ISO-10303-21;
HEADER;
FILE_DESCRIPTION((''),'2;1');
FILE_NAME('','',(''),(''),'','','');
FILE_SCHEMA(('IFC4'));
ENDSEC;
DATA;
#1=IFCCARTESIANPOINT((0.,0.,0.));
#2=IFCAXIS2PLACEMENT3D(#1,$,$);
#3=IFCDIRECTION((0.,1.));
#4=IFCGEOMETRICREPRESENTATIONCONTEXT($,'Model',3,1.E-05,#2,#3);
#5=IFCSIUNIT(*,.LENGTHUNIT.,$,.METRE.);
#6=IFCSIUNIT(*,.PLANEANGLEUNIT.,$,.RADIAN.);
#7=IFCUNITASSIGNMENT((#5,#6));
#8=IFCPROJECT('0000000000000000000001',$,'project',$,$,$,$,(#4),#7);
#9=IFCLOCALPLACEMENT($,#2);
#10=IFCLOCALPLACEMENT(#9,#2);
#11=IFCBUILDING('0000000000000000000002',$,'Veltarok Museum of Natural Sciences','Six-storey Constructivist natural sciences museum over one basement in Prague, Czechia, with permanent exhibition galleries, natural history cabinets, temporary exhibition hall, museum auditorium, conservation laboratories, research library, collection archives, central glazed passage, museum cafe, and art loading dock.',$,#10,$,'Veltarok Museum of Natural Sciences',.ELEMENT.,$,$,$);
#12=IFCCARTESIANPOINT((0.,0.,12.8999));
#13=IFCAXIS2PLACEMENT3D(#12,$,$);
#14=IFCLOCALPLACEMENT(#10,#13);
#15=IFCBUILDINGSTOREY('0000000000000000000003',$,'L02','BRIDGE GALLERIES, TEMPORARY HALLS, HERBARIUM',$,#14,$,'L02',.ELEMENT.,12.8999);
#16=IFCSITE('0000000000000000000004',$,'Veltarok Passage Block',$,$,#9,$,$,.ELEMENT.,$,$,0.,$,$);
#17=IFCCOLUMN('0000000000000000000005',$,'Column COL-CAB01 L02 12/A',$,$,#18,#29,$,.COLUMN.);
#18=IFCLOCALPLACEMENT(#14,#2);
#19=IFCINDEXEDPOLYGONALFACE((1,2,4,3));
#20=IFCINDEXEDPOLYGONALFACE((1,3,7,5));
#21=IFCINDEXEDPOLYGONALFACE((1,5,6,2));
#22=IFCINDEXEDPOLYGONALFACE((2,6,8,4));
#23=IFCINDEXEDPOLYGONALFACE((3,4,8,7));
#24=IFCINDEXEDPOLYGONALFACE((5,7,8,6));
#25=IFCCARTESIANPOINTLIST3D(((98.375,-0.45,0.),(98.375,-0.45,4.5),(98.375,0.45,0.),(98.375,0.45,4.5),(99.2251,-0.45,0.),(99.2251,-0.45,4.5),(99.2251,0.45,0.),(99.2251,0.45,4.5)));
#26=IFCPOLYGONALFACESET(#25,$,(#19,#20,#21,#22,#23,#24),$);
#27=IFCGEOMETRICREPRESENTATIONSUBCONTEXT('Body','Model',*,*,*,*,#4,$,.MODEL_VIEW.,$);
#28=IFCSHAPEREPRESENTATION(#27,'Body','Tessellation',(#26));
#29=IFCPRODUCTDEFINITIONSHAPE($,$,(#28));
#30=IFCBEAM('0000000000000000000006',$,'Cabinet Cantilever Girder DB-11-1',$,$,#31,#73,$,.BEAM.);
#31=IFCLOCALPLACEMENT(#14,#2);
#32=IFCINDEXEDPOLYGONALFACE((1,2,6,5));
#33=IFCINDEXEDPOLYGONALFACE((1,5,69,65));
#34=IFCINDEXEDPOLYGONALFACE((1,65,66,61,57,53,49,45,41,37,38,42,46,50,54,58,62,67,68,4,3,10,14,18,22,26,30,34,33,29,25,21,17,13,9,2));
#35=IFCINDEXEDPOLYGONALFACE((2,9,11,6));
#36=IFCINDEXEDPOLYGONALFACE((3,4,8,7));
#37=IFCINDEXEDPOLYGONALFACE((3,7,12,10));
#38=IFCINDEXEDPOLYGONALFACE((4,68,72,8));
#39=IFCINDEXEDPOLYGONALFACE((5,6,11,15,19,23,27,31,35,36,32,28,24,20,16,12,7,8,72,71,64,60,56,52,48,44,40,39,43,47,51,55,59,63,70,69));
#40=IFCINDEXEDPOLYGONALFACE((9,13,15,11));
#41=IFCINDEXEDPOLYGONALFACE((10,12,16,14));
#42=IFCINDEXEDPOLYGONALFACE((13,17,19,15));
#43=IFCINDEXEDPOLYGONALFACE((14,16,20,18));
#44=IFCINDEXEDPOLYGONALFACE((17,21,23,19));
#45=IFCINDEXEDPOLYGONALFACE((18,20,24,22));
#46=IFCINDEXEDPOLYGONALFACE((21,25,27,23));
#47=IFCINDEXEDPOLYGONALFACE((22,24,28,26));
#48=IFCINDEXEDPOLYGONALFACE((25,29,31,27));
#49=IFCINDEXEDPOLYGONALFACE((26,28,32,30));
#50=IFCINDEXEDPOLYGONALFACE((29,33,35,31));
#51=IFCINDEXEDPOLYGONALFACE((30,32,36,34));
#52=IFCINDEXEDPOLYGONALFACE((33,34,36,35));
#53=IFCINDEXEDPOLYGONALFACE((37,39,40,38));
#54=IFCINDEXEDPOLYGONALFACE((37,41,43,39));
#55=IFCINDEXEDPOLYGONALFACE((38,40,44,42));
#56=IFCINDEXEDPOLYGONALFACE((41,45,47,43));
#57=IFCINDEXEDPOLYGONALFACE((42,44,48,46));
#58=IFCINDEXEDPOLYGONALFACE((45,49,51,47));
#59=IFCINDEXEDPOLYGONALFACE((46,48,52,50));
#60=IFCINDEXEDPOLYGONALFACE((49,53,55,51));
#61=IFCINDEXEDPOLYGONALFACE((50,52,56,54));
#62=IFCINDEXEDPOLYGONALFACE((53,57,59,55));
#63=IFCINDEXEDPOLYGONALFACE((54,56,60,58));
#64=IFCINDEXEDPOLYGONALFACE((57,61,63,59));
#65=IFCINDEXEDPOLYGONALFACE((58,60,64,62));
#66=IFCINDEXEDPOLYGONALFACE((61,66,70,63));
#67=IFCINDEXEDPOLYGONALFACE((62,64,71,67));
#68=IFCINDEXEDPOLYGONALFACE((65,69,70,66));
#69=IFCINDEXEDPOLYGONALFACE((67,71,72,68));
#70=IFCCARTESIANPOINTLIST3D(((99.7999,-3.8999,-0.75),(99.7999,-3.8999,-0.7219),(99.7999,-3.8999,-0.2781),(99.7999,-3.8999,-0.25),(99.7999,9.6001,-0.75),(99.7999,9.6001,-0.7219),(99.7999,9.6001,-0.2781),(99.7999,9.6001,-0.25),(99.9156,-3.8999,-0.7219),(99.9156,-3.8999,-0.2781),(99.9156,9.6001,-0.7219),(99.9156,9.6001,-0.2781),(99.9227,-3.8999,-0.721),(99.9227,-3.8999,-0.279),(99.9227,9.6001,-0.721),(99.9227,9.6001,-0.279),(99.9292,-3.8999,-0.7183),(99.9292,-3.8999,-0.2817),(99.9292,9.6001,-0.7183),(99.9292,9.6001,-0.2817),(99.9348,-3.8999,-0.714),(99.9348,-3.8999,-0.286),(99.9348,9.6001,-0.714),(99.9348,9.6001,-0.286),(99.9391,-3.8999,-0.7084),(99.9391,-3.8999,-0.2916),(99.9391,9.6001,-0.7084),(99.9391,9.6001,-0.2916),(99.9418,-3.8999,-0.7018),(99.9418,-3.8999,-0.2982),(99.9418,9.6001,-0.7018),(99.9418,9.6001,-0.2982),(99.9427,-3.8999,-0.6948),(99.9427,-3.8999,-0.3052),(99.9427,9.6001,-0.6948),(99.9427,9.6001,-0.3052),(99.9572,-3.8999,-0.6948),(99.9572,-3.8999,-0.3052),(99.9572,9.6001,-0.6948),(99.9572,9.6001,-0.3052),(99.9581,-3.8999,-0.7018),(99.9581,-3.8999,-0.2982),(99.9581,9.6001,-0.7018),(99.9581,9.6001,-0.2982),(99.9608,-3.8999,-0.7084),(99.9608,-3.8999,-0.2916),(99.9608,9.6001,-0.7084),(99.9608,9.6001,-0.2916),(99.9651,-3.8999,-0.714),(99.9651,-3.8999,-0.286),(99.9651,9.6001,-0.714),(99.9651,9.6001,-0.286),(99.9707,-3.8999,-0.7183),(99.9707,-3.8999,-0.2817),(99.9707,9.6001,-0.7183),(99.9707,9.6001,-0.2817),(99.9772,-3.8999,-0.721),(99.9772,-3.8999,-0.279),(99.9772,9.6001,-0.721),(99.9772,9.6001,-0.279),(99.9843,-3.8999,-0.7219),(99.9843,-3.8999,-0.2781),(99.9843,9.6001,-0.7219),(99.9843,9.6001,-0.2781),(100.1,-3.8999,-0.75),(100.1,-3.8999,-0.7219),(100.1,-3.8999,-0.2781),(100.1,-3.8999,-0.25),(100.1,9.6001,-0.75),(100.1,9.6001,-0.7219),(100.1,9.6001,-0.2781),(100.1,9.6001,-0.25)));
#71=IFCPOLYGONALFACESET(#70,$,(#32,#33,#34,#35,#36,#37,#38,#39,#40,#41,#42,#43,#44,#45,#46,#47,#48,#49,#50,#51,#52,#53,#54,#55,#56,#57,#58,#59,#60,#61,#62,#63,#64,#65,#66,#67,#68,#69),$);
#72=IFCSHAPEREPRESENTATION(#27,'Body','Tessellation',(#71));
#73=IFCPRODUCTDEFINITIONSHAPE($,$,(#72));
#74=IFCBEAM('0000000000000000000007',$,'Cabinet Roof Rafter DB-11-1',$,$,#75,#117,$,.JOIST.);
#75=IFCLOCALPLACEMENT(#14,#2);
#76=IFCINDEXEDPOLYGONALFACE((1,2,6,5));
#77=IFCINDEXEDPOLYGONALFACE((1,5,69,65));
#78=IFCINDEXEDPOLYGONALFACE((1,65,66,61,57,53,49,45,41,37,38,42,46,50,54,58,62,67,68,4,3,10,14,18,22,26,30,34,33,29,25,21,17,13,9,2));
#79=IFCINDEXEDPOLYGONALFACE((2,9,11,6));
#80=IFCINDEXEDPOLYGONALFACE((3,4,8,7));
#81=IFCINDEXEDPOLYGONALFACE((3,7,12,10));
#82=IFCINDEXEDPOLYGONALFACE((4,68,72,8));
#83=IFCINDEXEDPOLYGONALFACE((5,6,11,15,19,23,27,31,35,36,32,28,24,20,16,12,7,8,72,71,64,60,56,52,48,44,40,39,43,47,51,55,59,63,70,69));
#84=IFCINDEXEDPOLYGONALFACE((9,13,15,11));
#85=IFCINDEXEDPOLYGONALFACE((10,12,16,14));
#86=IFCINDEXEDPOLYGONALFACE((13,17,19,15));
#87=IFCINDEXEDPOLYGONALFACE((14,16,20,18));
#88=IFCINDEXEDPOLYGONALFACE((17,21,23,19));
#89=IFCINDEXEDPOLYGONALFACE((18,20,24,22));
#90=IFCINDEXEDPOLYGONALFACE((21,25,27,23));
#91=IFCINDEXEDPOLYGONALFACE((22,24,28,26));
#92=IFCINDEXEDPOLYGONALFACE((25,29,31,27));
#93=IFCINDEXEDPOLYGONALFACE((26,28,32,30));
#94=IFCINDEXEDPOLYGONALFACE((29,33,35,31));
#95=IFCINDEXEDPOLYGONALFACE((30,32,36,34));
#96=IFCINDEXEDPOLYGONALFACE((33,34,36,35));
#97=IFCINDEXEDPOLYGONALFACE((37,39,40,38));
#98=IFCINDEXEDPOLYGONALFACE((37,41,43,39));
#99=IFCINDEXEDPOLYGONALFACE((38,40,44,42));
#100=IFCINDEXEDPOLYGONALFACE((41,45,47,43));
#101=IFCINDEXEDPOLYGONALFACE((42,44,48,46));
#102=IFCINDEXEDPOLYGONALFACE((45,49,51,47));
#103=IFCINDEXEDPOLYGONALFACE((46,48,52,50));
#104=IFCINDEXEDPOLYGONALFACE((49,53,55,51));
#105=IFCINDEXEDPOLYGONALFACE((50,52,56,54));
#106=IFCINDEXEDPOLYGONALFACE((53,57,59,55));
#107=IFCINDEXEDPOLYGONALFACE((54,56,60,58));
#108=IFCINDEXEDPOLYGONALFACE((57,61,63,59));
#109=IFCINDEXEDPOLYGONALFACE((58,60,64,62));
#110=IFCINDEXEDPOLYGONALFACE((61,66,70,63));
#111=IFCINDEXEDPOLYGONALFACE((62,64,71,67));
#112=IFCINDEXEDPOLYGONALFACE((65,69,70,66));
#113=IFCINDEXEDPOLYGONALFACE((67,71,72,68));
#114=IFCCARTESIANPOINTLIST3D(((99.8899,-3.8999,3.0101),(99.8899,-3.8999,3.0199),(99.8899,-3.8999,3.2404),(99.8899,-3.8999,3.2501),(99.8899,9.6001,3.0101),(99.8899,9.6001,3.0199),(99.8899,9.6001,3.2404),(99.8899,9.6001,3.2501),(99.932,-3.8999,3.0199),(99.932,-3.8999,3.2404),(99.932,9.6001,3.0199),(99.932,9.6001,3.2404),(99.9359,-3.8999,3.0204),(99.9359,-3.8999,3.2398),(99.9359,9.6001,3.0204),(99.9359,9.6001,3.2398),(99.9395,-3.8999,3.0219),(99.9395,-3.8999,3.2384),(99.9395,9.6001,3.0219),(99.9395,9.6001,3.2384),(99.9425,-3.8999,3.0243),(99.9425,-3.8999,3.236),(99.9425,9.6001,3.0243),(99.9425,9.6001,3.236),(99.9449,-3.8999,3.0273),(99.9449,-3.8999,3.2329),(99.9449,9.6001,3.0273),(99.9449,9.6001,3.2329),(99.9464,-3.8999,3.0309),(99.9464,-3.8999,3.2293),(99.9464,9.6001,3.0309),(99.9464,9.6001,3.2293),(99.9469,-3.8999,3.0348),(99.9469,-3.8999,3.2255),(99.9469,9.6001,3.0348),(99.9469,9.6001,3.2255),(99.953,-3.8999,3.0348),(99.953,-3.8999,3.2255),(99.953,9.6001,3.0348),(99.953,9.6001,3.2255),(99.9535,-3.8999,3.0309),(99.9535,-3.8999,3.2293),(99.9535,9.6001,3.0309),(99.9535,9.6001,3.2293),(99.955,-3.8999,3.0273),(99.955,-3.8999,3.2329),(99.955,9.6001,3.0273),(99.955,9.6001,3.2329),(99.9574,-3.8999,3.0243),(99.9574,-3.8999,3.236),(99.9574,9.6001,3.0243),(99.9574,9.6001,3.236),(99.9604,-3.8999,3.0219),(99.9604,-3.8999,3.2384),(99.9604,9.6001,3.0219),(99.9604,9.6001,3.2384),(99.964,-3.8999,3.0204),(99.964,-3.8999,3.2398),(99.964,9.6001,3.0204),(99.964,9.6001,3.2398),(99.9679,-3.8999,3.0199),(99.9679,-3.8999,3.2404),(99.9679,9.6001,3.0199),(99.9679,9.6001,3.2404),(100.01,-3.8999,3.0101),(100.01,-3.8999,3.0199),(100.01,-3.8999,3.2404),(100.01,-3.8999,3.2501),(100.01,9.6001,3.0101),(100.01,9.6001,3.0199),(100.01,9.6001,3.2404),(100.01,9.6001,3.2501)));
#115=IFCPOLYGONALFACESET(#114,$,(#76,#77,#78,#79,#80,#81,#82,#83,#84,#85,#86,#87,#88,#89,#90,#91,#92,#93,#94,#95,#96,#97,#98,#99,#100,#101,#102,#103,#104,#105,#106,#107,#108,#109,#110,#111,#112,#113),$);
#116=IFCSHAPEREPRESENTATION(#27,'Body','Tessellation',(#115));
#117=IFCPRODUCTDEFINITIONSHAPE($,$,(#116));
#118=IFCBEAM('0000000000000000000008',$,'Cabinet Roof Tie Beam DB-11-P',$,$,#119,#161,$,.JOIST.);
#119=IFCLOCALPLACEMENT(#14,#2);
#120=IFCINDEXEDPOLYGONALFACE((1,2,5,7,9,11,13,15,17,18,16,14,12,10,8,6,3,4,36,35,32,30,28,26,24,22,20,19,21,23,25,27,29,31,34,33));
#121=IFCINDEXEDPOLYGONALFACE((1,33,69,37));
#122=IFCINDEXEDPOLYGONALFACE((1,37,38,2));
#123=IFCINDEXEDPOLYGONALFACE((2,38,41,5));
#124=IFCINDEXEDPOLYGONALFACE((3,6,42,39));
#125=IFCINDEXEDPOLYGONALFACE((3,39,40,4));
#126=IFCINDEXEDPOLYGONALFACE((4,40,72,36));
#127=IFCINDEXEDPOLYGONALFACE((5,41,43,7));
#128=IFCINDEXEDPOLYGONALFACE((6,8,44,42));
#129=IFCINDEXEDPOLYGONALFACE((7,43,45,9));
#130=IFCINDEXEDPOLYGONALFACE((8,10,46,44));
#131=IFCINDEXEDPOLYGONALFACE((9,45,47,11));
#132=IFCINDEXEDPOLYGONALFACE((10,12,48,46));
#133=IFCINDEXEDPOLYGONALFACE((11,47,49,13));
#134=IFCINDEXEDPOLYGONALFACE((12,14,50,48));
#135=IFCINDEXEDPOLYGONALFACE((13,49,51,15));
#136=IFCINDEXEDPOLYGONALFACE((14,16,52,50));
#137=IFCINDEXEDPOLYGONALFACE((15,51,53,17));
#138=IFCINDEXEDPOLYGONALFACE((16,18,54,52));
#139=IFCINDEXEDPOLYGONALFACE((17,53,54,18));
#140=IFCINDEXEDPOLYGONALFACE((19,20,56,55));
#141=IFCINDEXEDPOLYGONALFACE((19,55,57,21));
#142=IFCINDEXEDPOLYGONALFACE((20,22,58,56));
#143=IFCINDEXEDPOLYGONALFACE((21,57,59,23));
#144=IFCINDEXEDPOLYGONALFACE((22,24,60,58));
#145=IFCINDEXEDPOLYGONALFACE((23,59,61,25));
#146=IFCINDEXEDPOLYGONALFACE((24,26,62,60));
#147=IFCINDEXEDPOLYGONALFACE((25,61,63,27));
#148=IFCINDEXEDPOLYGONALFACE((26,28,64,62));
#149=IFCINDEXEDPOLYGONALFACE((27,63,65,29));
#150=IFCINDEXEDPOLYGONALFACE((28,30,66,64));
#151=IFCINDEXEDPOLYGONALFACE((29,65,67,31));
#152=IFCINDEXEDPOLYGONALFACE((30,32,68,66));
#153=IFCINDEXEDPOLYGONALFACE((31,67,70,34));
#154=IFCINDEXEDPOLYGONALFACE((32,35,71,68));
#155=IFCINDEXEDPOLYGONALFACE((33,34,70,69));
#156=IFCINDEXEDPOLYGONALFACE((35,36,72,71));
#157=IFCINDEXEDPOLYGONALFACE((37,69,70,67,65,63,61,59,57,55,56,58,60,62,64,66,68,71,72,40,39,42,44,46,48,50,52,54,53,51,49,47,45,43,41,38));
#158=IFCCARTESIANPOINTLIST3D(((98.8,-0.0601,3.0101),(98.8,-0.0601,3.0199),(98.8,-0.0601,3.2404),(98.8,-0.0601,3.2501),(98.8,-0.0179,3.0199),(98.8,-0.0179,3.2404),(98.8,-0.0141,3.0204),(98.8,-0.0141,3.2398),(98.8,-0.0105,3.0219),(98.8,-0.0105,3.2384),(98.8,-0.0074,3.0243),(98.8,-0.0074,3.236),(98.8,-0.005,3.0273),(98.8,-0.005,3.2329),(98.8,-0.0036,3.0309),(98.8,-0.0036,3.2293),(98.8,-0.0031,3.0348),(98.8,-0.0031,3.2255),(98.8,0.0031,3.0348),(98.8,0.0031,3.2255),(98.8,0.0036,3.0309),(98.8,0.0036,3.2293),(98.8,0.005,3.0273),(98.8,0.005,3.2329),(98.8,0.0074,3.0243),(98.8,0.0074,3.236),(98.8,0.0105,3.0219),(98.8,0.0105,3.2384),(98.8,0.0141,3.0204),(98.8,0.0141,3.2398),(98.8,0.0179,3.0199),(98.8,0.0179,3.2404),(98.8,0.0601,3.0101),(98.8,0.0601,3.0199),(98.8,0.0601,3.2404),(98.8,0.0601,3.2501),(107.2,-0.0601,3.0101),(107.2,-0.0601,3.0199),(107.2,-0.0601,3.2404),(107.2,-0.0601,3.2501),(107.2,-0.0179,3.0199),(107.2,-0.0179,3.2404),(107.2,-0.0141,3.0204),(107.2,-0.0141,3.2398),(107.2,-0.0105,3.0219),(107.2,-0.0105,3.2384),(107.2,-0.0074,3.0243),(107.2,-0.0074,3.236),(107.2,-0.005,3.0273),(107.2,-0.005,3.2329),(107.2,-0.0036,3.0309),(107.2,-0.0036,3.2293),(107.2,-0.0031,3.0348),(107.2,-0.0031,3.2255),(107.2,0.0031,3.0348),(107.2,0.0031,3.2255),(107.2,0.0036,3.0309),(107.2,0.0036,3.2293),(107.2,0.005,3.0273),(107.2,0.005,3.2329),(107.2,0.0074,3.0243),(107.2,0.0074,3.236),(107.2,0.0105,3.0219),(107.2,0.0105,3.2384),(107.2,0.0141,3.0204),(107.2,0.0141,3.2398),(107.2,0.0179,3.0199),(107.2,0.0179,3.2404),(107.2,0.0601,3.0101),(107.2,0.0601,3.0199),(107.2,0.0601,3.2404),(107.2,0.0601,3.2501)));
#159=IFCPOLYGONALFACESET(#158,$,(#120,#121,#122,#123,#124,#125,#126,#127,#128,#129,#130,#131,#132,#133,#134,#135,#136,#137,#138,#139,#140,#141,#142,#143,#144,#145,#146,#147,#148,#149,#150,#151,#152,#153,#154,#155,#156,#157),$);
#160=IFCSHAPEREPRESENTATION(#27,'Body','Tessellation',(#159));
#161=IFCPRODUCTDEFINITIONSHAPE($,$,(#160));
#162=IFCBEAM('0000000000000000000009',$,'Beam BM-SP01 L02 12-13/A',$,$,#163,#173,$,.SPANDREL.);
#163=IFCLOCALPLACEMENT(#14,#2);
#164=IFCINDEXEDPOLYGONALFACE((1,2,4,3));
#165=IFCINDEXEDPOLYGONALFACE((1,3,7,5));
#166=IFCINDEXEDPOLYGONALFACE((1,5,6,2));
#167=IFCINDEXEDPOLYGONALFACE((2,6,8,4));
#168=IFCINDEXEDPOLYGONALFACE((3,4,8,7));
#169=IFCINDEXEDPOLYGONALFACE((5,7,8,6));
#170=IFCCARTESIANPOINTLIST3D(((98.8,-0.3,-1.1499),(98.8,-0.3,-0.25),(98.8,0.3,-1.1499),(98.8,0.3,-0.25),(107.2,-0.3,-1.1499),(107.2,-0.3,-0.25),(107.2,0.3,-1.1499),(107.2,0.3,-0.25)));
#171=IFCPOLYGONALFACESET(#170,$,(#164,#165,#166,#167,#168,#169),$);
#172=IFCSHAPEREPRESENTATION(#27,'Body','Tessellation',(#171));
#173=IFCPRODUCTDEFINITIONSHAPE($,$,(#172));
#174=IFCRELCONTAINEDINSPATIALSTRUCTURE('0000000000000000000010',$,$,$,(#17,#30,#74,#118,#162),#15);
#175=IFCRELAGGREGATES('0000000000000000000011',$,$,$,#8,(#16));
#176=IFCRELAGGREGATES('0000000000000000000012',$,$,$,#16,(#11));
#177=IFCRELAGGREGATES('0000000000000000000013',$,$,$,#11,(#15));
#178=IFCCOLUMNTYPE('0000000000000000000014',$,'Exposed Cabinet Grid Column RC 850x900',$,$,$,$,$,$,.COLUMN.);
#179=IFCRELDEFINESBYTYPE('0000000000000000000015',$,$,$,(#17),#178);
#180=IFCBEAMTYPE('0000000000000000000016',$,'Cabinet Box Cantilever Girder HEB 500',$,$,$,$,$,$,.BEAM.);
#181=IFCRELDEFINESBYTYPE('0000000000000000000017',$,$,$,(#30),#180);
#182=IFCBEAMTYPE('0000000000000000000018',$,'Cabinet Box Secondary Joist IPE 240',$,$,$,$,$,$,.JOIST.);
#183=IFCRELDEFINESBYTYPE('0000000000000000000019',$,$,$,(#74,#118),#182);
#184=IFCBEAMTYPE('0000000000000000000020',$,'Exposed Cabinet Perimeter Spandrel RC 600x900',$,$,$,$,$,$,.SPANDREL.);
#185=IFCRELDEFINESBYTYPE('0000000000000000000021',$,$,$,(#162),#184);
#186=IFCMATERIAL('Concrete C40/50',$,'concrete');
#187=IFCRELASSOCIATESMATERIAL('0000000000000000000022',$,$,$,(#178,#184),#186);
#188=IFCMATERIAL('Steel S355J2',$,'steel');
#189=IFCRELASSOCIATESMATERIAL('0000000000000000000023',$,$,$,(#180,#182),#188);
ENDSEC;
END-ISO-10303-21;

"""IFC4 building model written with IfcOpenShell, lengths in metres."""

from ifc_helpers import new_model, si_unit, direction, frame, origin, origin_2d, place, context, subcontext, project, spatial, rectangle, i_section, extrude, material, material_profile, profile_set, type_object, element, save


model = new_model("IFC4")

# Units and contexts
model_context = context("Model", 3, precision=1e-05, world=origin(), true_north=direction((0.0, 1.0)))
body_context = subcontext(model_context, "Body", "Model", "MODEL_VIEW")
ifc_project = project(units=[si_unit("LENGTHUNIT", "METRE"), si_unit("PLANEANGLEUNIT", "RADIAN")], contexts=[model_context])

# Site, building, storey
site_placement = place(None, origin())
site = spatial("IfcSite", under=ifc_project, at=site_placement, Name="Veltarok Passage Block", CompositionType="ELEMENT", RefElevation=0.0)
building_placement = place(site_placement, origin())
building = spatial("IfcBuilding", under=site, at=building_placement, Name="Veltarok Museum of Natural Sciences", Description="Six-storey Constructivist natural sciences museum over one basement in Prague, Czechia, with permanent exhibition galleries, natural history cabinets, temporary exhibition hall, museum auditorium, conservation laboratories, research library, collection archives, central glazed passage, museum cafe, and art loading dock.", LongName="Veltarok Museum of Natural Sciences", CompositionType="ELEMENT")
storey_placement = place(building_placement, frame((0.0, 0.0, 12.8999)))
storey = spatial("IfcBuildingStorey", under=building, at=storey_placement, Name="L02", Description="BRIDGE GALLERIES, TEMPORARY HALLS, HERBARIUM", LongName="L02", CompositionType="ELEMENT", Elevation=12.8999)

# Column
ifc_material_1 = material(Name="Concrete C40/50", Category="concrete")
ifc_material_profile_1 = material_profile(ifc_material_1, rectangle(XDim=0.8501, YDim=0.8999, at=origin_2d()), Name="RC 850x900")
ifc_profile_set_1 = profile_set([ifc_material_profile_1], Name="Concrete C40/50")
column_type = type_object("IfcColumnType", Name="Exposed Cabinet Grid Column RC 850x900", PredefinedType="COLUMN", material=ifc_profile_set_1)
column_placement = place(storey_placement, frame((98.8, 0.0, 0.0), z_axis=(0.0, 0.0, 1.0), x_axis=(1.0, 0.0, 0.0)))
element("IfcColumn", 1, at=column_placement, inside=storey, type_object=column_type, Name="Column COL-CAB01 L02 12/A", PredefinedType="COLUMN", context=body_context, shape_type="SweptSolid", body=[
    extrude(rectangle(XDim=0.8501, YDim=0.8999, at=origin_2d()), origin(), (0.0, 0.0, 1.0), 4.5),
])

# Beams
ifc_material_2 = material(Name="Steel S355J2", Category="steel")
ifc_material_profile_2 = material_profile(ifc_material_2, i_section(OverallWidth=0.3, OverallDepth=0.5, WebThickness=0.0144, FlangeThickness=0.0281, FilletRadius=0.0271, at=origin_2d()), Name="HEB 500")
ifc_profile_set_2 = profile_set([ifc_material_profile_2], Name="Steel S355J2")
beam_type_1 = type_object("IfcBeamType", Name="Cabinet Box Cantilever Girder HEB 500", PredefinedType="BEAM", material=ifc_profile_set_2)
beam_1_placement = place(storey_placement, frame((99.95, -3.8999, -0.5), z_axis=(0.0, 1.0, 0.0), x_axis=(-1.0, 0.0, 0.0)))
element("IfcBeam", 2, at=beam_1_placement, inside=storey, type_object=beam_type_1, Name="Cabinet Cantilever Girder DB-11-1", PredefinedType="BEAM", context=body_context, shape_type="SweptSolid", body=[
    extrude(i_section(OverallWidth=0.3, OverallDepth=0.5, WebThickness=0.0144, FlangeThickness=0.0281, FilletRadius=0.0271, at=origin_2d()), origin(), (0.0, 0.0, 1.0), 13.5),
])
ifc_material_profile_3 = material_profile(ifc_material_2, i_section(OverallWidth=0.1201, OverallDepth=0.24, WebThickness=0.0061, FlangeThickness=0.0098, FilletRadius=0.0149, at=origin_2d()), Name="IPE 240")
ifc_profile_set_3 = profile_set([ifc_material_profile_3], Name="Steel S355J2")
beam_type_2 = type_object("IfcBeamType", Name="Cabinet Box Secondary Joist IPE 240", PredefinedType="JOIST", material=ifc_profile_set_3)
beam_2_placement = place(storey_placement, frame((99.95, -3.8999, 3.1301), z_axis=(0.0, 1.0, 0.0), x_axis=(-1.0, 0.0, 0.0)))
element("IfcBeam", 3, at=beam_2_placement, inside=storey, type_object=beam_type_2, Name="Cabinet Roof Rafter DB-11-1", PredefinedType="JOIST", context=body_context, shape_type="SweptSolid", body=[
    extrude(i_section(OverallWidth=0.1201, OverallDepth=0.24, WebThickness=0.0061, FlangeThickness=0.0098, FilletRadius=0.0149, at=origin_2d()), origin(), (0.0, 0.0, 1.0), 13.5),
])
beam_3_placement = place(storey_placement, frame((98.8, 0.0, 3.1301), z_axis=(1.0, 0.0, 0.0), x_axis=(0.0, 1.0, 0.0)))
element("IfcBeam", 4, at=beam_3_placement, inside=storey, type_object=beam_type_2, Name="Cabinet Roof Tie Beam DB-11-P", PredefinedType="JOIST", context=body_context, shape_type="SweptSolid", body=[
    extrude(i_section(OverallWidth=0.1201, OverallDepth=0.24, WebThickness=0.0061, FlangeThickness=0.0098, FilletRadius=0.0149, at=origin_2d()), origin(), (0.0, 0.0, 1.0), 8.3999),
])
ifc_material_profile_4 = material_profile(ifc_material_1, rectangle(XDim=0.6001, YDim=0.8999, at=origin_2d()), Name="RC 600x900")
ifc_profile_set_4 = profile_set([ifc_material_profile_4], Name="Concrete C40/50")
beam_type_3 = type_object("IfcBeamType", Name="Exposed Cabinet Perimeter Spandrel RC 600x900", PredefinedType="SPANDREL", material=ifc_profile_set_4)
beam_4_placement = place(storey_placement, frame((98.8, 0.0, -0.7), z_axis=(1.0, 0.0, 0.0), x_axis=(0.0, 1.0, 0.0)))
element("IfcBeam", 5, at=beam_4_placement, inside=storey, type_object=beam_type_3, Name="Beam BM-SP01 L02 12-13/A", PredefinedType="SPANDREL", context=body_context, shape_type="SweptSolid", body=[
    extrude(rectangle(XDim=0.6001, YDim=0.8999, at=origin_2d()), origin(), (0.0, 0.0, 1.0), 8.3999),
])

save(model, "model.ifc")
